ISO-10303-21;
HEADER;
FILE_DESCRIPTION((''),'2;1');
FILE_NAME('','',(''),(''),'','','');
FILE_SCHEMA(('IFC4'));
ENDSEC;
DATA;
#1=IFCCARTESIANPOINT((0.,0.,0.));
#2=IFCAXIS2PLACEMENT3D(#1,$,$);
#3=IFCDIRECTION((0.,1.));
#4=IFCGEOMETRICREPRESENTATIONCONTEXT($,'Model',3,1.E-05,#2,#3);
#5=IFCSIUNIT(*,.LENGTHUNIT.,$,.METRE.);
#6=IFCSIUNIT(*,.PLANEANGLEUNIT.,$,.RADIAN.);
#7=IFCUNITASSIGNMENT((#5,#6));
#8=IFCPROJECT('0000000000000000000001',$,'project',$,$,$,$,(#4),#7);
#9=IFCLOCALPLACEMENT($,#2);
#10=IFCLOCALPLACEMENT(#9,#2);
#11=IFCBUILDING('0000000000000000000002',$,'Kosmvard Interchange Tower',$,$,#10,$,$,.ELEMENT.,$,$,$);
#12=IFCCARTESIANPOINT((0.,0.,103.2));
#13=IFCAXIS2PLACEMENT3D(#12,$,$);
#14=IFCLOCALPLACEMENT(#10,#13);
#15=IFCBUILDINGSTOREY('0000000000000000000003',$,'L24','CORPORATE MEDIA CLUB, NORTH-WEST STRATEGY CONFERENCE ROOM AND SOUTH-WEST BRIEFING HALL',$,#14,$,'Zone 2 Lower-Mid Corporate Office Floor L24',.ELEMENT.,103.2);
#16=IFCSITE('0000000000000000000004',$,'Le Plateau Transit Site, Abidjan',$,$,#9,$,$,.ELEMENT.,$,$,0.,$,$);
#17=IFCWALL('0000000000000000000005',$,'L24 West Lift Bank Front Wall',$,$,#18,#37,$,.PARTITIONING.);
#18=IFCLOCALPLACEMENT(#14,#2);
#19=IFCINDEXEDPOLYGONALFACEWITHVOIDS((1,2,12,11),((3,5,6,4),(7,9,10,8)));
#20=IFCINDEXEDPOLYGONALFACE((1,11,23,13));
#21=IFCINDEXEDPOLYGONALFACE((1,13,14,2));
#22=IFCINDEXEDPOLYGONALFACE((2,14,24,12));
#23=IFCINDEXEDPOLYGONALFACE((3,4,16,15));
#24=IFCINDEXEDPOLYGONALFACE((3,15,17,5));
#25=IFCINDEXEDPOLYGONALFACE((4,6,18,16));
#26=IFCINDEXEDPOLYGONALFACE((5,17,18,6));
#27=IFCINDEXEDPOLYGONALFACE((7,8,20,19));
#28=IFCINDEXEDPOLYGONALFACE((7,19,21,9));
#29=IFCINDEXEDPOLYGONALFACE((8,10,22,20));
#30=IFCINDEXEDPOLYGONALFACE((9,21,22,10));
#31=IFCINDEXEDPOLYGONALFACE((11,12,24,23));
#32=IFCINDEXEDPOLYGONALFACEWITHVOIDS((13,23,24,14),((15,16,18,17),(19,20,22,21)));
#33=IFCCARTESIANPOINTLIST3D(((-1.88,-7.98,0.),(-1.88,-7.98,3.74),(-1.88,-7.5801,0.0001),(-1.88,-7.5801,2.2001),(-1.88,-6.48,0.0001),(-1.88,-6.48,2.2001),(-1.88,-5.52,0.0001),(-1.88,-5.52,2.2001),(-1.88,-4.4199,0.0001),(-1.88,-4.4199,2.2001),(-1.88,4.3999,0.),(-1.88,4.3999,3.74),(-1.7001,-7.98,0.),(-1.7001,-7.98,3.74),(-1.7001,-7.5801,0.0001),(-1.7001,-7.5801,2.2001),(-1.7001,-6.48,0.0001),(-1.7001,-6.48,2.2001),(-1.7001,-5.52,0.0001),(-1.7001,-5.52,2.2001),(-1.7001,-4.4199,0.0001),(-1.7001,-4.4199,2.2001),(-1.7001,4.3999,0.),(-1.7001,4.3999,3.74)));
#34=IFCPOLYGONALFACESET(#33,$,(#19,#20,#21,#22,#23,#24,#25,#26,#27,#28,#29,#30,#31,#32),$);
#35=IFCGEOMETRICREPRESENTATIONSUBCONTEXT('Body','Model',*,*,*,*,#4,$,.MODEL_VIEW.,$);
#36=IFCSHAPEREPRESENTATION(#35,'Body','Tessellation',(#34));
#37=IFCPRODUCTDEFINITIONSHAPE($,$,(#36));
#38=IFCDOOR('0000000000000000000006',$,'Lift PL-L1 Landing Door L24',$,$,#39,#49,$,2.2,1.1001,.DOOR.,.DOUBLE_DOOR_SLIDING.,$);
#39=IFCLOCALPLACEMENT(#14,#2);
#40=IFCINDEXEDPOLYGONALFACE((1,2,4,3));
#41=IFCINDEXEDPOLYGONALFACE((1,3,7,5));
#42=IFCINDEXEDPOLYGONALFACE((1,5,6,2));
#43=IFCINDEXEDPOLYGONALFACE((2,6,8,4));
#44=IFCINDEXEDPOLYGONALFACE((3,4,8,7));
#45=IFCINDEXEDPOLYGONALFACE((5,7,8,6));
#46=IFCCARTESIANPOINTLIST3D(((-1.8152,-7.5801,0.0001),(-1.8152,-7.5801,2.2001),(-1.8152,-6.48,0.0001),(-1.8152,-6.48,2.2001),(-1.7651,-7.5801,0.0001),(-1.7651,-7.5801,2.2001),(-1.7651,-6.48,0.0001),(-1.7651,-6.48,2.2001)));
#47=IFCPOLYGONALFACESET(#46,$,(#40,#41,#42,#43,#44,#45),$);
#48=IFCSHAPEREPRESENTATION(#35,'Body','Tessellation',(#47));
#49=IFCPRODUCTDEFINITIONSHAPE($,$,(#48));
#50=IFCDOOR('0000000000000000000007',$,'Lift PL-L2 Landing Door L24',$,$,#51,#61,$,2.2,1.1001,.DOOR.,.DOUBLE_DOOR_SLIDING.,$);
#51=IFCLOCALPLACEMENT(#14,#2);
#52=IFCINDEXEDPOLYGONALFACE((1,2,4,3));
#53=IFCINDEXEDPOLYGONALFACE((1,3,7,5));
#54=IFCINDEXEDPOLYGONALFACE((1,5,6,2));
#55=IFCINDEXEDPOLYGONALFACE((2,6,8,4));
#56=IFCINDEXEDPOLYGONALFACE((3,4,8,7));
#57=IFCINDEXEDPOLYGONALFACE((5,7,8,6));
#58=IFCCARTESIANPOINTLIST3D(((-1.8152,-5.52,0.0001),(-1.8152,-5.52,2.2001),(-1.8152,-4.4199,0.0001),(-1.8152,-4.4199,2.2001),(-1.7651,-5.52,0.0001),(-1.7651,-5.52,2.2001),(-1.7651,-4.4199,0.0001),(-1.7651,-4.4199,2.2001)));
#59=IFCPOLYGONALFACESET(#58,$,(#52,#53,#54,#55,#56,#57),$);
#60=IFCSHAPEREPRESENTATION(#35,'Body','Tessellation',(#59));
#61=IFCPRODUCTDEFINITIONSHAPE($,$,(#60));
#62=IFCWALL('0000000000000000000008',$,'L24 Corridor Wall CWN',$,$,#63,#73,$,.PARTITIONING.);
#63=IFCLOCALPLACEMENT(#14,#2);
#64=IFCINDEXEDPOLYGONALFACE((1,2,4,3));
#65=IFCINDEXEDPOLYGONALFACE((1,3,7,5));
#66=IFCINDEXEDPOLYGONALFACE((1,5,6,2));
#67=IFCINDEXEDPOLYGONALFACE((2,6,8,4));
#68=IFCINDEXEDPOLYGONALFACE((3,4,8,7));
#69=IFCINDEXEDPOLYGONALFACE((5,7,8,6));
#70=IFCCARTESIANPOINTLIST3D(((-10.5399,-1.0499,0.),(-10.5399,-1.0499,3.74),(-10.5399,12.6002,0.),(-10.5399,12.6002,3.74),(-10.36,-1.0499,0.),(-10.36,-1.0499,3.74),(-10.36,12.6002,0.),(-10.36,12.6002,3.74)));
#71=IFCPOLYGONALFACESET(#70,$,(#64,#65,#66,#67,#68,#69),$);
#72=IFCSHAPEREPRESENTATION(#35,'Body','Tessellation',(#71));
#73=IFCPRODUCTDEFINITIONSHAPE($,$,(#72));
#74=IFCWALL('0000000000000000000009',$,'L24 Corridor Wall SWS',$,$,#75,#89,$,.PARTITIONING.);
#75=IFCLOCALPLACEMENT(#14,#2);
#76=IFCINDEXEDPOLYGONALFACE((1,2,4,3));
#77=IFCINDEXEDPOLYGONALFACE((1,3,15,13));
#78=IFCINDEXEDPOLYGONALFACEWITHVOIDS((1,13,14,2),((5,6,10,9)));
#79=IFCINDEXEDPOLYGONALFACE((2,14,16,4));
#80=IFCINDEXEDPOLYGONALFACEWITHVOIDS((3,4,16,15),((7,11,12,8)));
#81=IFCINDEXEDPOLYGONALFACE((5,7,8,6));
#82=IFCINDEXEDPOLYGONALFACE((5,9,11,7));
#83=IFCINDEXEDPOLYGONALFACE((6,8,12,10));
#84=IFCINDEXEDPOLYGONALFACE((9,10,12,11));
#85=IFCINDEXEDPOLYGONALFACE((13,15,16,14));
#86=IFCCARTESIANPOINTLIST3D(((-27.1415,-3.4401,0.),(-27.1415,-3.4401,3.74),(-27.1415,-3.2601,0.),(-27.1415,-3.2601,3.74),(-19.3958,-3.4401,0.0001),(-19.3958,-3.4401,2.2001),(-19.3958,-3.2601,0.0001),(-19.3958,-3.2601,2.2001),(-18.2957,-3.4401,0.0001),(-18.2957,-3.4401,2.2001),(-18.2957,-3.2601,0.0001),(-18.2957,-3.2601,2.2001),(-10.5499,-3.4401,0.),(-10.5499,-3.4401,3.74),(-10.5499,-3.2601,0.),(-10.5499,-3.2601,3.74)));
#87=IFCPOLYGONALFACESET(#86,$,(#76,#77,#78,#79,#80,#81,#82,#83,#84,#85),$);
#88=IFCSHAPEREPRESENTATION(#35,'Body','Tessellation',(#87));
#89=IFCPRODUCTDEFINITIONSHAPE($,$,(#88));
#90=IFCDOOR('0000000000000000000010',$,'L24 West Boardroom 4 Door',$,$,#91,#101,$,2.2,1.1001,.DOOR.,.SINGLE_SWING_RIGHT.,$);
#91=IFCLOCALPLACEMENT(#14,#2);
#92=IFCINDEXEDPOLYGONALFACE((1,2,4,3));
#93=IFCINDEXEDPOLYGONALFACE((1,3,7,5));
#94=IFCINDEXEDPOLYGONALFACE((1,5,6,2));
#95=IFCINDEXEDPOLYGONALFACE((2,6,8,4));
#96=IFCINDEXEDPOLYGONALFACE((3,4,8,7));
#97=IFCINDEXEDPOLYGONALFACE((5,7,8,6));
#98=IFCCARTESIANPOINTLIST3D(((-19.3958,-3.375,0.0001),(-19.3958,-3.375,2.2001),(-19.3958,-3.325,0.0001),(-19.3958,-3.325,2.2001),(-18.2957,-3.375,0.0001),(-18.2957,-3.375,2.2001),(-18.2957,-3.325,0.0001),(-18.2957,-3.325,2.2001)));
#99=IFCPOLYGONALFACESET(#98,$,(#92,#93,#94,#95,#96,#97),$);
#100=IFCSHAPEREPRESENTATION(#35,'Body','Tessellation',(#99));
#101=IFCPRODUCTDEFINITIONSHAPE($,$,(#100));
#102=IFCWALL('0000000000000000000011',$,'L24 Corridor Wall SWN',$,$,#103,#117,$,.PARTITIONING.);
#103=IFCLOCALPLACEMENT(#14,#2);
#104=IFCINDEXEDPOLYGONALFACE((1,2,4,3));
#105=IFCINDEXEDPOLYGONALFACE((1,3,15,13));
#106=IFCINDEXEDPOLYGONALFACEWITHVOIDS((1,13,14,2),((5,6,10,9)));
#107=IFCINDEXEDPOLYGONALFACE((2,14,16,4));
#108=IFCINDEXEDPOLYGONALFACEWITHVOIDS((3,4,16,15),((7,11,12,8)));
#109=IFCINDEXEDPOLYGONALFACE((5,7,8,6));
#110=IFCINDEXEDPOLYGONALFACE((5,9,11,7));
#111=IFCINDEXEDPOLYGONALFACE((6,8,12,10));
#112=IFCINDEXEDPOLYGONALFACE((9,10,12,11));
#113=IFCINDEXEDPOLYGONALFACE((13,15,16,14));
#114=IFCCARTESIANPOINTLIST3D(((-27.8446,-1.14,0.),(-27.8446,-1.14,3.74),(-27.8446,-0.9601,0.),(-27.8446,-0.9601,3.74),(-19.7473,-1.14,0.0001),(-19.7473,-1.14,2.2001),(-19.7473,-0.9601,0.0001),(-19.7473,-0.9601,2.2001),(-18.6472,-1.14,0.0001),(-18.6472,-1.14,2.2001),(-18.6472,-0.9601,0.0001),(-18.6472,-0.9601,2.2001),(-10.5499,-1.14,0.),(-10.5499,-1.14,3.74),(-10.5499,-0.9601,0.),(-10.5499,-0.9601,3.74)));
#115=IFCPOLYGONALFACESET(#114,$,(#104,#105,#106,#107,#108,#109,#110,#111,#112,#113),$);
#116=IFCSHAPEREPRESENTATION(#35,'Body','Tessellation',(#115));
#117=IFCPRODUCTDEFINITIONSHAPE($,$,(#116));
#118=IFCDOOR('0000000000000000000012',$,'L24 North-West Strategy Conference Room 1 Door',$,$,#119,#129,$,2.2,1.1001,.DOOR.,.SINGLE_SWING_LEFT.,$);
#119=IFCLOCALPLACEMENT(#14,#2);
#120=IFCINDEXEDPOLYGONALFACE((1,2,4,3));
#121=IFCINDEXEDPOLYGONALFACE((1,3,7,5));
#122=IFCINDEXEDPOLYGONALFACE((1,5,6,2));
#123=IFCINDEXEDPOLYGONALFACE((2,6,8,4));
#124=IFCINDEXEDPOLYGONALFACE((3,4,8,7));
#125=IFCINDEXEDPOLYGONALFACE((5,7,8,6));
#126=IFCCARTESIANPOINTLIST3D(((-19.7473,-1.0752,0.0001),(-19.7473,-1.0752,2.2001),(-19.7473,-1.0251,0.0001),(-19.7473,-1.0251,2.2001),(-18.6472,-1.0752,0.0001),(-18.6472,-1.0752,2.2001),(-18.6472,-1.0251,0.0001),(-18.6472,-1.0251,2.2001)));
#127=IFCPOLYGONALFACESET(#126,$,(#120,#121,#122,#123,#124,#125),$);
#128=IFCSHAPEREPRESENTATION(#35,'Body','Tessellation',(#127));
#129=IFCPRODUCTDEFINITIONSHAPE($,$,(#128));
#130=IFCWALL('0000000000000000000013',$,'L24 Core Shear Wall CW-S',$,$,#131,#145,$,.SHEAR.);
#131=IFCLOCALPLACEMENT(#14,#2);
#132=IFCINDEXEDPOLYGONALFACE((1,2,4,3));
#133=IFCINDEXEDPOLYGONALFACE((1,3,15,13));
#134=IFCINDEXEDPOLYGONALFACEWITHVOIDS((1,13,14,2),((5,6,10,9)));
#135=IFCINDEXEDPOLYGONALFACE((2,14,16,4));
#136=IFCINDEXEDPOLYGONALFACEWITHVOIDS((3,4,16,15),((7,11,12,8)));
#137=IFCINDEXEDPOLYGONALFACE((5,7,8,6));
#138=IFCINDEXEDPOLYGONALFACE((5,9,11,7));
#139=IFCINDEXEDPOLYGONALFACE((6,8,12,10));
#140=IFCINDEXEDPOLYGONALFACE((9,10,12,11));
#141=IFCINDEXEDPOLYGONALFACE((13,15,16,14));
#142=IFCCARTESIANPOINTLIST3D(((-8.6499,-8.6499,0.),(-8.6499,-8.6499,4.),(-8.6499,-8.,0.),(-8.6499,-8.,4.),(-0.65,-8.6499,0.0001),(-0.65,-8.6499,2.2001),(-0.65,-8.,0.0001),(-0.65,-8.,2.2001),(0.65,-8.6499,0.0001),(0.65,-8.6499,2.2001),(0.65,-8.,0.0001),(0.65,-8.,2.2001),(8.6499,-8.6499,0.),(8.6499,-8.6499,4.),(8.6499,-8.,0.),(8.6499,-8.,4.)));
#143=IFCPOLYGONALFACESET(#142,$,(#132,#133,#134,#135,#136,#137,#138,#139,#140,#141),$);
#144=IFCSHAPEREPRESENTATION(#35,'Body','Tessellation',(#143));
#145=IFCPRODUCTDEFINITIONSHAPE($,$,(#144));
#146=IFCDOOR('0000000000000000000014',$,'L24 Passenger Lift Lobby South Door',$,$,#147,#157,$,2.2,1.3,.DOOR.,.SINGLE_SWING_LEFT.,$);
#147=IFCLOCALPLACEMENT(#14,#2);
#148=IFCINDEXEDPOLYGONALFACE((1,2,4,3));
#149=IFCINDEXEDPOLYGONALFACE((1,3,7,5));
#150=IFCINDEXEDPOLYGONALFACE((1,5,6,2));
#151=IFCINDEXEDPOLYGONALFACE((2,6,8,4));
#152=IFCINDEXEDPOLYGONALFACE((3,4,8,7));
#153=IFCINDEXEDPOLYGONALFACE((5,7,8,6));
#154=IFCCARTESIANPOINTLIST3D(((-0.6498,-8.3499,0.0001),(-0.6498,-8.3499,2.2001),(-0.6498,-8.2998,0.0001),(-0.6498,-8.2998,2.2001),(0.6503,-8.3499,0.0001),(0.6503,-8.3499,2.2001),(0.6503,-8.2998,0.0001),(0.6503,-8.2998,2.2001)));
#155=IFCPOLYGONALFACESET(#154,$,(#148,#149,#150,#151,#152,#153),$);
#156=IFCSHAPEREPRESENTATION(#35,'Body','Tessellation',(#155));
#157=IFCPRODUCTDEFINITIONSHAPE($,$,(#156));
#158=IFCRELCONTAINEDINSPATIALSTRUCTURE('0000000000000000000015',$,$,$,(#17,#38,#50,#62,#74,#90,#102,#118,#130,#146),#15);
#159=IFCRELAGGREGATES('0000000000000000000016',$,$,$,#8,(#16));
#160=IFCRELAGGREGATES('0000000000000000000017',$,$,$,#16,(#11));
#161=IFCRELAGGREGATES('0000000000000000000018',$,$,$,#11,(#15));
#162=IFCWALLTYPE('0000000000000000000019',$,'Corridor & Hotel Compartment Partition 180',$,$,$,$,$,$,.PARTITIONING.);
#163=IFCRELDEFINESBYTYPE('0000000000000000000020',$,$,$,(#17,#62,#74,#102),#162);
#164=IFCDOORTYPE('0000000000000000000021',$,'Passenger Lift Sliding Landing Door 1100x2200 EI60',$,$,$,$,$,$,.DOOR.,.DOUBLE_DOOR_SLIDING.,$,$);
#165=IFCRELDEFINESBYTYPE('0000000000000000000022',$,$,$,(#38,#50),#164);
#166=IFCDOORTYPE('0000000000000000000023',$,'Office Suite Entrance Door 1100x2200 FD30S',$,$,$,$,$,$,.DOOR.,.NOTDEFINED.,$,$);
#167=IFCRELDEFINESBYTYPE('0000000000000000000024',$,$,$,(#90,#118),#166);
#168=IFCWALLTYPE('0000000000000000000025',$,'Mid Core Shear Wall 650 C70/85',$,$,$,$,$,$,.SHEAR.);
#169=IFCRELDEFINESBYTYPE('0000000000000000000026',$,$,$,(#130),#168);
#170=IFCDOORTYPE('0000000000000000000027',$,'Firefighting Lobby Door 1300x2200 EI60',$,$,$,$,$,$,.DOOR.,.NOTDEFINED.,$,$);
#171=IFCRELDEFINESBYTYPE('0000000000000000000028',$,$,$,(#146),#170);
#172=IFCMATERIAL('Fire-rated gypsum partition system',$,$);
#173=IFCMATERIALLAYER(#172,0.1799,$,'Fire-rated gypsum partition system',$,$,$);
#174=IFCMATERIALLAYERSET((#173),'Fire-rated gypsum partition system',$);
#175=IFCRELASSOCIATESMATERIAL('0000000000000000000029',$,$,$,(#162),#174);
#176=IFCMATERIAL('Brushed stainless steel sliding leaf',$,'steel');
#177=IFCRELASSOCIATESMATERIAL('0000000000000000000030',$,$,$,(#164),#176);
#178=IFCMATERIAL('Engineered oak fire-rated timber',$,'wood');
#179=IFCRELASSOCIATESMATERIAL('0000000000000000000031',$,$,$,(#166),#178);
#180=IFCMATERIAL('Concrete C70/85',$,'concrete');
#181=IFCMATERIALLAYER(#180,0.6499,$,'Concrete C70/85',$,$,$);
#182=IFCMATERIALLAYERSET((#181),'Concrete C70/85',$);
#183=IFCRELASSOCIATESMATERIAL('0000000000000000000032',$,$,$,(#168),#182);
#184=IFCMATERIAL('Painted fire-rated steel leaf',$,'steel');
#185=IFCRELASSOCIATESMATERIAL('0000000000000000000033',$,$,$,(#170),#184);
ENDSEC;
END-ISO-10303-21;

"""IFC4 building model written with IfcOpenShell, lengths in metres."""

from ifc_helpers import new_model, si_unit, direction, frame, frame_2d, origin, place, context, subcontext, project, spatial, rectangle, extrude, source, transform, mapped, material, layer, layer_set, type_object, element, fill, save


model = new_model("IFC4")

# Units and contexts
model_context = context("Model", 3, precision=1e-05, world=origin(), true_north=direction((0.0, 1.0)))
body_context = subcontext(model_context, "Body", "Model", "MODEL_VIEW")
ifc_project = project(units=[si_unit("LENGTHUNIT", "METRE"), si_unit("PLANEANGLEUNIT", "RADIAN")], contexts=[model_context])

# Site, building, storey
site_placement = place(None, origin())
site = spatial("IfcSite", under=ifc_project, at=site_placement, Name="Le Plateau Transit Site, Abidjan", CompositionType="ELEMENT", RefElevation=0.0)
building_placement = place(site_placement, origin())
building = spatial("IfcBuilding", under=site, at=building_placement, Name="Kosmvard Interchange Tower", CompositionType="ELEMENT")
storey_placement = place(building_placement, frame((0.0, 0.0, 103.2)))
storey = spatial("IfcBuildingStorey", under=building, at=storey_placement, Name="L24", Description="CORPORATE MEDIA CLUB, NORTH-WEST STRATEGY CONFERENCE ROOM AND SOUTH-WEST BRIEFING HALL", LongName="Zone 2 Lower-Mid Corporate Office Floor L24", CompositionType="ELEMENT", Elevation=103.2)

# Wall, openings, doors
ifc_material_1 = material(Name="Fire-rated gypsum partition system")
ifc_layer_1 = layer(ifc_material_1, 0.1799, Name="Fire-rated gypsum partition system")
ifc_layer_set_1 = layer_set([ifc_layer_1], Name="Fire-rated gypsum partition system")
wall_type_1 = type_object("IfcWallType", Name="Corridor & Hotel Compartment Partition 180", PredefinedType="PARTITIONING", material=ifc_layer_set_1)
wall_1_placement = place(storey_placement, frame((-1.79, -7.98, 0.0), z_axis=(0.0, 0.0, 1.0), x_axis=(0.0, 1.0, 0.0)))
wall_1 = element("IfcWall", 1, at=wall_1_placement, inside=storey, type_object=wall_type_1, Name="L24 West Lift Bank Front Wall", PredefinedType="PARTITIONING", context=body_context, shape_type="SweptSolid", body=[
    extrude(rectangle(XDim=12.3799, YDim=0.1799, at=frame_2d((6.1899, 0.0))), origin(), (0.0, 0.0, 1.0), 3.74),
])
opening_1_placement = place(wall_1_placement, frame((0.3999, 0.0, 0.0)))
opening_1 = element("IfcOpeningElement", 2, at=opening_1_placement, cuts=wall_1, PredefinedType="OPENING", context=body_context, shape_type="SweptSolid", body=[
    extrude(rectangle(XDim=1.1001, YDim=2.2, at=frame_2d((0.55, 1.1001))), frame((0.0, 0.1001, 0.0), z_axis=(0.0, -1.0, 0.0), x_axis=(1.0, 0.0, 0.0)), (0.0, 0.0, 1.0), 0.2),
])
opening_2_placement = place(wall_1_placement, frame((2.46, 0.0, 0.0)))
opening_2 = element("IfcOpeningElement", 3, at=opening_2_placement, cuts=wall_1, PredefinedType="OPENING", context=body_context, shape_type="SweptSolid", body=[
    extrude(rectangle(XDim=1.1001, YDim=2.2, at=frame_2d((0.55, 1.1001))), frame((0.0, 0.1001, 0.0), z_axis=(0.0, -1.0, 0.0), x_axis=(1.0, 0.0, 0.0)), (0.0, 0.0, 1.0), 0.2),
])
ifc_material_2 = material(Name="Brushed stainless steel sliding leaf", Category="steel")
door_type_1 = type_object("IfcDoorType", Name="Passenger Lift Sliding Landing Door 1100x2200 EI60", OperationType="DOUBLE_DOOR_SLIDING", PredefinedType="DOOR", material=ifc_material_2)
shared_shape_1 = source(origin(), body_context, "Body", "SweptSolid", [
    extrude(rectangle(XDim=1.1001, YDim=2.2, at=frame_2d((0.55, 1.1001))), frame((0.0, 0.0249, 0.0), z_axis=(0.0, -1.0, 0.0), x_axis=(1.0, 0.0, 0.0)), (0.0, 0.0, 1.0), 0.05),
])
door_1_placement = place(opening_1_placement, frame((1.1001, 0.0, 0.0), z_axis=(0.0, 0.0, 1.0), x_axis=(-1.0, 0.0, 0.0)))
door_1 = element("IfcDoor", 4, at=door_1_placement, inside=storey, type_object=door_type_1, Name="Lift PL-L1 Landing Door L24", OperationType="DOUBLE_DOOR_SLIDING", OverallHeight=2.2, OverallWidth=1.1001, PredefinedType="DOOR", context=body_context, shape_type="MappedRepresentation", body=[
    mapped(shared_shape_1, transform((0.0, 0.0, 0.0), scale=1.0)),
])
fill(opening_1, door_1)
door_2_placement = place(opening_2_placement, frame((1.1001, 0.0, 0.0), z_axis=(0.0, 0.0, 1.0), x_axis=(-1.0, 0.0, 0.0)))
door_2 = element("IfcDoor", 5, at=door_2_placement, inside=storey, type_object=door_type_1, Name="Lift PL-L2 Landing Door L24", OperationType="DOUBLE_DOOR_SLIDING", OverallHeight=2.2, OverallWidth=1.1001, PredefinedType="DOOR", context=body_context, shape_type="MappedRepresentation", body=[
    mapped(shared_shape_1, transform((0.0, 0.0, 0.0), scale=1.0)),
])
fill(opening_2, door_2)

# Wall
wall_2_placement = place(storey_placement, frame((-10.45, -1.05, 0.0), z_axis=(0.0, 0.0, 1.0), x_axis=(0.0, 1.0, 0.0)))
element("IfcWall", 6, at=wall_2_placement, inside=storey, type_object=wall_type_1, Name="L24 Corridor Wall CWN", PredefinedType="PARTITIONING", context=body_context, shape_type="SweptSolid", body=[
    extrude(rectangle(XDim=13.6501, YDim=0.1799, at=frame_2d((6.8252, 0.0))), origin(), (0.0, 0.0, 1.0), 3.74),
])

# Walls, openings, doors
wall_3_placement = place(storey_placement, frame((-27.1416, -3.3501, 0.0), z_axis=(0.0, 0.0, 1.0), x_axis=(1.0, 0.0, 0.0)))
wall_3 = element("IfcWall", 7, at=wall_3_placement, inside=storey, type_object=wall_type_1, Name="L24 Corridor Wall SWS", PredefinedType="PARTITIONING", context=body_context, shape_type="SweptSolid", body=[
    extrude(rectangle(XDim=16.5916, YDim=0.1799, at=frame_2d((8.2959, 0.0))), origin(), (0.0, 0.0, 1.0), 3.74),
])
opening_3_placement = place(wall_3_placement, frame((7.7458, 0.0, 0.0)))
opening_3 = element("IfcOpeningElement", 8, at=opening_3_placement, cuts=wall_3, PredefinedType="OPENING", context=body_context, shape_type="SweptSolid", body=[
    extrude(rectangle(XDim=1.1001, YDim=2.2, at=frame_2d((0.55, 1.1001))), frame((0.0, 0.1001, 0.0), z_axis=(0.0, -1.0, 0.0), x_axis=(1.0, 0.0, 0.0)), (0.0, 0.0, 1.0), 0.2),
])
ifc_material_3 = material(Name="Engineered oak fire-rated timber", Category="wood")
door_type_2 = type_object("IfcDoorType", Name="Office Suite Entrance Door 1100x2200 FD30S", OperationType="NOTDEFINED", PredefinedType="DOOR", material=ifc_material_3)
door_3_placement = place(opening_3_placement, frame((1.1001, 0.0, 0.0), z_axis=(0.0, 0.0, 1.0), x_axis=(-1.0, 0.0, 0.0)))
door_3 = element("IfcDoor", 9, at=door_3_placement, inside=storey, type_object=door_type_2, Name="L24 West Boardroom 4 Door", OperationType="SINGLE_SWING_RIGHT", OverallHeight=2.2, OverallWidth=1.1001, PredefinedType="DOOR", context=body_context, shape_type="MappedRepresentation", body=[
    mapped(shared_shape_1, transform((0.0, 0.0, 0.0), scale=1.0)),
])
fill(opening_3, door_3)
wall_4_placement = place(storey_placement, frame((-27.8447, -1.05, 0.0), z_axis=(0.0, 0.0, 1.0), x_axis=(1.0, 0.0, 0.0)))
wall_4 = element("IfcWall", 10, at=wall_4_placement, inside=storey, type_object=wall_type_1, Name="L24 Corridor Wall SWN", PredefinedType="PARTITIONING", context=body_context, shape_type="SweptSolid", body=[
    extrude(rectangle(XDim=17.2947, YDim=0.1799, at=frame_2d((8.6475, 0.0))), origin(), (0.0, 0.0, 1.0), 3.74),
])
opening_4_placement = place(wall_4_placement, frame((8.0974, 0.0, 0.0)))
opening_4 = element("IfcOpeningElement", 11, at=opening_4_placement, cuts=wall_4, PredefinedType="OPENING", context=body_context, shape_type="SweptSolid", body=[
    extrude(rectangle(XDim=1.1001, YDim=2.2, at=frame_2d((0.55, 1.1001))), frame((0.0, 0.1001, 0.0), z_axis=(0.0, -1.0, 0.0), x_axis=(1.0, 0.0, 0.0)), (0.0, 0.0, 1.0), 0.2),
])
door_4_placement = place(opening_4_placement, origin())
door_4 = element("IfcDoor", 12, at=door_4_placement, inside=storey, type_object=door_type_2, Name="L24 North-West Strategy Conference Room 1 Door", OperationType="SINGLE_SWING_LEFT", OverallHeight=2.2, OverallWidth=1.1001, PredefinedType="DOOR", context=body_context, shape_type="MappedRepresentation", body=[
    mapped(shared_shape_1, transform((0.0, 0.0, 0.0), scale=1.0)),
])
fill(opening_4, door_4)
ifc_material_4 = material(Name="Concrete C70/85", Category="concrete")
ifc_layer_2 = layer(ifc_material_4, 0.6499, Name="Concrete C70/85")
ifc_layer_set_2 = layer_set([ifc_layer_2], Name="Concrete C70/85")
wall_type_2 = type_object("IfcWallType", Name="Mid Core Shear Wall 650 C70/85", PredefinedType="SHEAR", material=ifc_layer_set_2)
wall_5_placement = place(storey_placement, frame((-8.6499, -8.325, 0.0), z_axis=(0.0, 0.0, 1.0), x_axis=(1.0, 0.0, 0.0)))
wall_5 = element("IfcWall", 13, at=wall_5_placement, inside=storey, type_object=wall_type_2, Name="L24 Core Shear Wall CW-S", PredefinedType="SHEAR", context=body_context, shape_type="SweptSolid", body=[
    extrude(rectangle(XDim=17.2998, YDim=0.6499, at=frame_2d((8.6499, 0.0))), origin(), (0.0, 0.0, 1.0), 4.0),
])
opening_5_placement = place(wall_5_placement, frame((8.0, 0.0, 0.0)))
opening_5 = element("IfcOpeningElement", 14, at=opening_5_placement, cuts=wall_5, PredefinedType="OPENING", context=body_context, shape_type="SweptSolid", body=[
    extrude(rectangle(XDim=1.3, YDim=2.2, at=frame_2d((0.6499, 1.1001))), frame((0.0, 0.335, 0.0), z_axis=(0.0, -1.0, 0.0), x_axis=(1.0, 0.0, 0.0)), (0.0, 0.0, 1.0), 0.6699),
])
ifc_material_5 = material(Name="Painted fire-rated steel leaf", Category="steel")
door_type_3 = type_object("IfcDoorType", Name="Firefighting Lobby Door 1300x2200 EI60", OperationType="NOTDEFINED", PredefinedType="DOOR", material=ifc_material_5)
shared_shape_2 = source(origin(), body_context, "Body", "SweptSolid", [
    extrude(rectangle(XDim=1.3, YDim=2.2, at=frame_2d((0.6499, 1.1001))), frame((0.0, 0.0249, 0.0), z_axis=(0.0, -1.0, 0.0), x_axis=(1.0, 0.0, 0.0)), (0.0, 0.0, 1.0), 0.05),
])
door_5_placement = place(opening_5_placement, frame((1.3, 0.0, 0.0), z_axis=(0.0, 0.0, 1.0), x_axis=(-1.0, 0.0, 0.0)))
door_5 = element("IfcDoor", 15, at=door_5_placement, inside=storey, type_object=door_type_3, Name="L24 Passenger Lift Lobby South Door", OperationType="SINGLE_SWING_LEFT", OverallHeight=2.2, OverallWidth=1.3, PredefinedType="DOOR", context=body_context, shape_type="MappedRepresentation", body=[
    mapped(shared_shape_2, transform((0.0, 0.0, 0.0), scale=1.0)),
])
fill(opening_5, door_5)

save(model, "model.ifc")
